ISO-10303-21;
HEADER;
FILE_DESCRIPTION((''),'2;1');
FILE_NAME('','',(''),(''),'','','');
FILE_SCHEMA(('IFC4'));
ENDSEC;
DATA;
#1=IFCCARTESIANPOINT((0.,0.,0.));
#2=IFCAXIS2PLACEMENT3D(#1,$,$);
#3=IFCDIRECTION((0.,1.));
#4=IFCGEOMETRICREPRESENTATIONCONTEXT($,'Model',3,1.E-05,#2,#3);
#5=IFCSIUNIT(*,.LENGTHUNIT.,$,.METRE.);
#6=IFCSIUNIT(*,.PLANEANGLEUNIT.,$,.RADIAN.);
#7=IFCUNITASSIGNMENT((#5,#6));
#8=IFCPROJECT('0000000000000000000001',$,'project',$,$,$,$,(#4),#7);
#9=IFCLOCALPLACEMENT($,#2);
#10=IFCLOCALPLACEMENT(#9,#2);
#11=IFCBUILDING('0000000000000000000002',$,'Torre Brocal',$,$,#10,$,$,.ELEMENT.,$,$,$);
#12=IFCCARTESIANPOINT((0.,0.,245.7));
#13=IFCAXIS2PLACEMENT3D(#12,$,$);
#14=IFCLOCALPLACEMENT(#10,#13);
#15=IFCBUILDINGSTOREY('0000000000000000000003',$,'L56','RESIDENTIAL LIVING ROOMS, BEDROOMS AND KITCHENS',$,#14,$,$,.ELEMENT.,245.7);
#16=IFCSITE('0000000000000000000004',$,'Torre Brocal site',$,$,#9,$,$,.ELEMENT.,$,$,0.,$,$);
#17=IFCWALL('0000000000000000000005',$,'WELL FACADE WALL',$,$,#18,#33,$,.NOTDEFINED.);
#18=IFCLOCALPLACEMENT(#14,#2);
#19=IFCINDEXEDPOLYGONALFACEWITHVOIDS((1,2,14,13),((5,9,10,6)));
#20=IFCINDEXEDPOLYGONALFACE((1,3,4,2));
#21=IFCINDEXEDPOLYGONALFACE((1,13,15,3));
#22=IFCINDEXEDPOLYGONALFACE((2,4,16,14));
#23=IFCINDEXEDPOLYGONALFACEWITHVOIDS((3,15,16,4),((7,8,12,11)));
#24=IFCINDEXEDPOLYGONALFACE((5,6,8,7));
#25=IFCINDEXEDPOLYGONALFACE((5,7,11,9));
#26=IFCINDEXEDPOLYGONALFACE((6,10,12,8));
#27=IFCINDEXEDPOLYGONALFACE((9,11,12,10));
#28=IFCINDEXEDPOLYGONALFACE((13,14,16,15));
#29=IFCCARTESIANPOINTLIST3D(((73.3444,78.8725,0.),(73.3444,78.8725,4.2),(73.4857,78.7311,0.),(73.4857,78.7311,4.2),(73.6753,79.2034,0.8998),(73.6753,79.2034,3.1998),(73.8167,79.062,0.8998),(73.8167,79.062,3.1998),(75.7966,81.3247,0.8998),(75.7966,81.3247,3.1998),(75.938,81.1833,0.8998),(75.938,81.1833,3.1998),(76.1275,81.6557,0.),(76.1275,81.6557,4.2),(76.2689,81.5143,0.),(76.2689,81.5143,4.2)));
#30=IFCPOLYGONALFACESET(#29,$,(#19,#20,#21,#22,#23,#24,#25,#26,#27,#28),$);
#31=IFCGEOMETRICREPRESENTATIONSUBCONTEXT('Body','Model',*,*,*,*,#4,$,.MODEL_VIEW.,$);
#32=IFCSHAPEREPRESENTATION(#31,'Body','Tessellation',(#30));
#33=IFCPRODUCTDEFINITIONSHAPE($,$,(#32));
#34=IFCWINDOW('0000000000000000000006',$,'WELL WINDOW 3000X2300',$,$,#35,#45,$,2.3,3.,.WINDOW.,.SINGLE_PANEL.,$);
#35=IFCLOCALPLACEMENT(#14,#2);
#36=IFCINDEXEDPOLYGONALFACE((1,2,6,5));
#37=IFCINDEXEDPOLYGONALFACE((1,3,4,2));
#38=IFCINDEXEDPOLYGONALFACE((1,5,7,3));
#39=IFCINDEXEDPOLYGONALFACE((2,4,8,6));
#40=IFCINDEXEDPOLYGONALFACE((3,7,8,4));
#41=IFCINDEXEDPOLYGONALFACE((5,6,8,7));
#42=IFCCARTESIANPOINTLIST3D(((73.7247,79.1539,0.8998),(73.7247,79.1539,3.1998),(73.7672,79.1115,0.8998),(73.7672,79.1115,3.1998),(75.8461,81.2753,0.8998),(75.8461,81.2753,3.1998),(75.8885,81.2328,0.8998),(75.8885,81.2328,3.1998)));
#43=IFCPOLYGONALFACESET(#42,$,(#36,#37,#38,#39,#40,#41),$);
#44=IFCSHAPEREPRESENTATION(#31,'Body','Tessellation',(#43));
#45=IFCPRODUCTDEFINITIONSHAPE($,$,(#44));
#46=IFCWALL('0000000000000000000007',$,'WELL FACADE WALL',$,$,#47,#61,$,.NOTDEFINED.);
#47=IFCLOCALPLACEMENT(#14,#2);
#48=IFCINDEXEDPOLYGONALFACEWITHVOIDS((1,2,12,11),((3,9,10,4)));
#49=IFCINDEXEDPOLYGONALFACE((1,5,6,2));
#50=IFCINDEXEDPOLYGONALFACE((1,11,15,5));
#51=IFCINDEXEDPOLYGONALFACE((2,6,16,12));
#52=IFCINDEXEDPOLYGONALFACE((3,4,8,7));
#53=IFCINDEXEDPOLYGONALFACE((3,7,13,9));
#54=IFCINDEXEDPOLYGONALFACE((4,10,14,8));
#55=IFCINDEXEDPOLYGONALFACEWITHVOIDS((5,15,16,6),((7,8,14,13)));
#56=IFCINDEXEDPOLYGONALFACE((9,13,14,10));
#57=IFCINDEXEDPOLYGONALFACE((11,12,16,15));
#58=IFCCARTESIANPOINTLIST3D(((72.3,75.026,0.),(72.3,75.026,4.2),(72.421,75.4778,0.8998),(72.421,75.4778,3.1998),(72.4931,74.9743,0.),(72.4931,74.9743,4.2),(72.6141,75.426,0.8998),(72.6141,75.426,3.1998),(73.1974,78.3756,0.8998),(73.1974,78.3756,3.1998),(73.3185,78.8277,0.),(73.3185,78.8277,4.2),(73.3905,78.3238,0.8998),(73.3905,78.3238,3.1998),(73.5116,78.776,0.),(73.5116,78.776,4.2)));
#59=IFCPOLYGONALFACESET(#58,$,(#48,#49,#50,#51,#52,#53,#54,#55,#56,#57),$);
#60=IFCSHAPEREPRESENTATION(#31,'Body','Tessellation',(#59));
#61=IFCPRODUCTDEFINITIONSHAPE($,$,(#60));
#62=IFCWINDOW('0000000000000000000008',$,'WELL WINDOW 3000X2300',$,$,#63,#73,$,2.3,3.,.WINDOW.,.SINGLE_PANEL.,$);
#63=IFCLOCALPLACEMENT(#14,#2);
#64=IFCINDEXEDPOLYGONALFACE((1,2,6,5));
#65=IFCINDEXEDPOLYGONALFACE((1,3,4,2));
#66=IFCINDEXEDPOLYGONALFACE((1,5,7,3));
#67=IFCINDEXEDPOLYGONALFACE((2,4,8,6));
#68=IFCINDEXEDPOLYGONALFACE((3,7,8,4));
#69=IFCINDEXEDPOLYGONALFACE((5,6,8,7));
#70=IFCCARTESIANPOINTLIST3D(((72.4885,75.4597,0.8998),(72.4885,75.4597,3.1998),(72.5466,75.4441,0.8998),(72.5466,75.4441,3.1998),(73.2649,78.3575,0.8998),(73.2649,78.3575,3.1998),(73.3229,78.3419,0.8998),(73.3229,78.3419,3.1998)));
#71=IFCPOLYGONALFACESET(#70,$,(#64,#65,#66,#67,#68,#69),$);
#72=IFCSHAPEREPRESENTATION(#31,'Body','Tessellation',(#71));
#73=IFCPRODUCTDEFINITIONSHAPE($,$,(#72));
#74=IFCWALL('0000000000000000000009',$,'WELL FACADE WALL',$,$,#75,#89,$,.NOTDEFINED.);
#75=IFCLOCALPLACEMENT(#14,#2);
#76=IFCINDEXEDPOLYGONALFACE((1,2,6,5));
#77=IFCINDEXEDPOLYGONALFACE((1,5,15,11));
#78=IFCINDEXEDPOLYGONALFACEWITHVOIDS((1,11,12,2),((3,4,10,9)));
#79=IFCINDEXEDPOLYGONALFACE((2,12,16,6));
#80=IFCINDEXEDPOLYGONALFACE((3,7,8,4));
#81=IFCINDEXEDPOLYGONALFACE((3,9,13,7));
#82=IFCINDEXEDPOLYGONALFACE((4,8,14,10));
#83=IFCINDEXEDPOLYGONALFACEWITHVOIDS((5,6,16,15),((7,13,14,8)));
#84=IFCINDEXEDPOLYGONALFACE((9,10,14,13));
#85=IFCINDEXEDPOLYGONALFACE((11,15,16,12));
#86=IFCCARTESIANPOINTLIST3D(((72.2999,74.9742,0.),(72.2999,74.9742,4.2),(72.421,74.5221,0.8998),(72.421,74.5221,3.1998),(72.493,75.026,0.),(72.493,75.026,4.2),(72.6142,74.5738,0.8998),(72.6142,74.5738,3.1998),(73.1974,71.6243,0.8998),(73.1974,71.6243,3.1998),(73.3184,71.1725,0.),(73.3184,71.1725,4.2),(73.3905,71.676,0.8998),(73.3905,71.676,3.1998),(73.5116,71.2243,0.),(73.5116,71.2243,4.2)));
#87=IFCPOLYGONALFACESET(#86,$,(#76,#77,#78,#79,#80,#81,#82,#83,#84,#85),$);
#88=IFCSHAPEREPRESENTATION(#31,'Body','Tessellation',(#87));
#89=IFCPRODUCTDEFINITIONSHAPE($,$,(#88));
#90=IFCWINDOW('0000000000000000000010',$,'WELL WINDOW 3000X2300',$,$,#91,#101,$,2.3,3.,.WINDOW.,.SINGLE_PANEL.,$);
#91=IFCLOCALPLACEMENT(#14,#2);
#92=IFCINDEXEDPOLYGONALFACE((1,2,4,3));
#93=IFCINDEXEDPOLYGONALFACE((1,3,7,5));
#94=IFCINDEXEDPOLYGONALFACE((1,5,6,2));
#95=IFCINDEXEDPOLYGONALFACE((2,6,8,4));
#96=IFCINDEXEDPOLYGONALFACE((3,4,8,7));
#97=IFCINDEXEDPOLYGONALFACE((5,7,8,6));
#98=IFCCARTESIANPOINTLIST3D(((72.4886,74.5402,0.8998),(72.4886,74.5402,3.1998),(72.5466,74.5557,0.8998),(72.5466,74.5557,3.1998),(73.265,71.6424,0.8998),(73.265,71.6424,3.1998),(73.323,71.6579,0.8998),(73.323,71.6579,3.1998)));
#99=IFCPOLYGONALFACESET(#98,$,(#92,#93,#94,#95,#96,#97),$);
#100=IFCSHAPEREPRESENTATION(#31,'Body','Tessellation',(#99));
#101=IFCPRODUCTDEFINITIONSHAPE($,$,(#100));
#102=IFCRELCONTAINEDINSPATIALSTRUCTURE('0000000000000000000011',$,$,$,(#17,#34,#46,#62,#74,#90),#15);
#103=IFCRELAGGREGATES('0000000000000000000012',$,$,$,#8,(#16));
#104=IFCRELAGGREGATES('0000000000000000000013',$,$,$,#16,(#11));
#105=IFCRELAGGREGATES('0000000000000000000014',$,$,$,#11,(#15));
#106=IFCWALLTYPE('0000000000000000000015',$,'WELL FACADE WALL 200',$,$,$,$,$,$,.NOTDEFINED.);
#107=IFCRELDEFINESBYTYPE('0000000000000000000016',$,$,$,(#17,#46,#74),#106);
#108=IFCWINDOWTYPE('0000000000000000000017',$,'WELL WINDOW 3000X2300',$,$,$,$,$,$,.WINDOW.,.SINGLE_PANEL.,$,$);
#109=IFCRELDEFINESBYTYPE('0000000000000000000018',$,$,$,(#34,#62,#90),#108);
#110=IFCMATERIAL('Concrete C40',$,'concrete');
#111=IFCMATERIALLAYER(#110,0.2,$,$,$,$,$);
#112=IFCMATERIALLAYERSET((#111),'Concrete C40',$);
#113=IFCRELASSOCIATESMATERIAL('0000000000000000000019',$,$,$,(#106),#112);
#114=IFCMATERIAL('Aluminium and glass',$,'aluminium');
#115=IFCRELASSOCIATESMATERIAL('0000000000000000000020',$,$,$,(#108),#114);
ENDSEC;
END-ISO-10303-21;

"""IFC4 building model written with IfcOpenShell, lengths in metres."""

from ifc_helpers import new_model, si_unit, direction, frame, frame_2d, origin, place, context, subcontext, project, spatial, rectangle, extrude, material, layer, layer_set, type_object, element, fill, save


model = new_model("IFC4")

# Units and contexts
model_context = context("Model", 3, precision=1e-05, world=origin(), true_north=direction((0.0, 1.0)))
body_context = subcontext(model_context, "Body", "Model", "MODEL_VIEW")
ifc_project = project(units=[si_unit("LENGTHUNIT", "METRE"), si_unit("PLANEANGLEUNIT", "RADIAN")], contexts=[model_context])

# Site, building, storey
site_placement = place(None, origin())
site = spatial("IfcSite", under=ifc_project, at=site_placement, Name="Torre Brocal site", CompositionType="ELEMENT", RefElevation=0.0)
building_placement = place(site_placement, origin())
building = spatial("IfcBuilding", under=site, at=building_placement, Name="Torre Brocal", CompositionType="ELEMENT")
storey_placement = place(building_placement, frame((0.0, 0.0, 245.7)))
storey = spatial("IfcBuildingStorey", under=building, at=storey_placement, Name="L56", Description="RESIDENTIAL LIVING ROOMS, BEDROOMS AND KITCHENS", CompositionType="ELEMENT", Elevation=245.7)

# Walls, openings, windows
ifc_material_1 = material(Name="Concrete C40", Category="concrete")
ifc_layer_1 = layer(ifc_material_1, 0.2)
ifc_layer_set_1 = layer_set([ifc_layer_1], Name="Concrete C40")
wall_type_1 = type_object("IfcWallType", Name="WELL FACADE WALL 200", PredefinedType="NOTDEFINED", material=ifc_layer_set_1)
wall_1_placement = place(storey_placement, frame((76.1982, 81.585, 0.0), z_axis=(0.0, 0.0, 1.0), x_axis=(-0.707107, -0.707107, 0.0)))
wall_1 = element("IfcWall", 1, at=wall_1_placement, inside=storey, type_object=wall_type_1, Name="WELL FACADE WALL", PredefinedType="NOTDEFINED", context=body_context, shape_type="SweptSolid", body=[
    extrude(rectangle(XDim=3.936, YDim=0.2, at=frame_2d((1.968, 0.0))), origin(), (0.0, 0.0, 1.0), 4.2),
])
opening_1_placement = place(wall_1_placement, frame((0.468, 0.0, 0.8999)))
opening_1 = element("IfcOpeningElement", 2, at=opening_1_placement, cuts=wall_1, PredefinedType="OPENING", context=body_context, shape_type="SweptSolid", body=[
    extrude(rectangle(XDim=3.0, YDim=2.3, at=frame_2d((1.5, 1.1499))), frame((0.0, 0.1099, 0.0), z_axis=(0.0, -1.0, 0.0), x_axis=(1.0, 0.0, 0.0)), (0.0, 0.0, 1.0), 0.22),
])
ifc_material_2 = material(Name="Aluminium and glass", Category="aluminium")
window_type = type_object("IfcWindowType", Name="WELL WINDOW 3000X2300", PartitioningType="SINGLE_PANEL", PredefinedType="WINDOW", material=ifc_material_2)
window_1_placement = place(opening_1_placement, origin())
window_1 = element("IfcWindow", 3, at=window_1_placement, inside=storey, type_object=window_type, Name="WELL WINDOW 3000X2300", OverallHeight=2.3, OverallWidth=3.0, PartitioningType="SINGLE_PANEL", PredefinedType="WINDOW", context=body_context, shape_type="SweptSolid", body=[
    extrude(rectangle(XDim=3.0, YDim=2.3, at=frame_2d((1.5, 1.1499))), frame((0.0, 0.03, 0.0), z_axis=(0.0, -1.0, 0.0), x_axis=(1.0, 0.0, 0.0)), (0.0, 0.0, 1.0), 0.0601),
])
fill(opening_1, window_1)
wall_2_placement = place(storey_placement, frame((73.415, 78.8018, 0.0), z_axis=(0.0, 0.0, 1.0), x_axis=(-0.25879, -0.965934, 0.0)))
wall_2 = element("IfcWall", 4, at=wall_2_placement, inside=storey, type_object=wall_type_1, Name="WELL FACADE WALL", PredefinedType="NOTDEFINED", context=body_context, shape_type="SweptSolid", body=[
    extrude(rectangle(XDim=3.9358, YDim=0.2, at=frame_2d((1.9678, 0.0))), origin(), (0.0, 0.0, 1.0), 4.2),
])
opening_2_placement = place(wall_2_placement, frame((0.468, 0.0, 0.8999)))
opening_2 = element("IfcOpeningElement", 5, at=opening_2_placement, cuts=wall_2, PredefinedType="OPENING", context=body_context, shape_type="SweptSolid", body=[
    extrude(rectangle(XDim=3.0, YDim=2.3, at=frame_2d((1.5, 1.1499))), frame((0.0, 0.1099, 0.0), z_axis=(0.0, -1.0, 0.0), x_axis=(1.0, 0.0, 0.0)), (0.0, 0.0, 1.0), 0.22),
])
window_2_placement = place(opening_2_placement, origin())
window_2 = element("IfcWindow", 6, at=window_2_placement, inside=storey, type_object=window_type, Name="WELL WINDOW 3000X2300", OverallHeight=2.3, OverallWidth=3.0, PartitioningType="SINGLE_PANEL", PredefinedType="WINDOW", context=body_context, shape_type="SweptSolid", body=[
    extrude(rectangle(XDim=3.0, YDim=2.3, at=frame_2d((1.5, 1.1499))), frame((0.0, 0.03, 0.0), z_axis=(0.0, -1.0, 0.0), x_axis=(1.0, 0.0, 0.0)), (0.0, 0.0, 1.0), 0.0601),
])
fill(opening_2, window_2)
wall_3_placement = place(storey_placement, frame((72.3965, 75.0, 0.0), z_axis=(0.0, 0.0, 1.0), x_axis=(0.25879, -0.965934, 0.0)))
wall_3 = element("IfcWall", 7, at=wall_3_placement, inside=storey, type_object=wall_type_1, Name="WELL FACADE WALL", PredefinedType="NOTDEFINED", context=body_context, shape_type="SweptSolid", body=[
    extrude(rectangle(XDim=3.9358, YDim=0.2, at=frame_2d((1.9678, 0.0))), origin(), (0.0, 0.0, 1.0), 4.2),
])
opening_3_placement = place(wall_3_placement, frame((0.468, 0.0, 0.8999)))
opening_3 = element("IfcOpeningElement", 8, at=opening_3_placement, cuts=wall_3, PredefinedType="OPENING", context=body_context, shape_type="SweptSolid", body=[
    extrude(rectangle(XDim=3.0, YDim=2.3, at=frame_2d((1.5, 1.1499))), frame((0.0, 0.1099, 0.0), z_axis=(0.0, -1.0, 0.0), x_axis=(1.0, 0.0, 0.0)), (0.0, 0.0, 1.0), 0.22),
])
window_3_placement = place(opening_3_placement, origin())
window_3 = element("IfcWindow", 9, at=window_3_placement, inside=storey, type_object=window_type, Name="WELL WINDOW 3000X2300", OverallHeight=2.3, OverallWidth=3.0, PartitioningType="SINGLE_PANEL", PredefinedType="WINDOW", context=body_context, shape_type="SweptSolid", body=[
    extrude(rectangle(XDim=3.0, YDim=2.3, at=frame_2d((1.5, 1.1499))), frame((0.0, 0.03, 0.0), z_axis=(0.0, -1.0, 0.0), x_axis=(1.0, 0.0, 0.0)), (0.0, 0.0, 1.0), 0.0601),
])
fill(opening_3, window_3)

save(model, "model.ifc")
